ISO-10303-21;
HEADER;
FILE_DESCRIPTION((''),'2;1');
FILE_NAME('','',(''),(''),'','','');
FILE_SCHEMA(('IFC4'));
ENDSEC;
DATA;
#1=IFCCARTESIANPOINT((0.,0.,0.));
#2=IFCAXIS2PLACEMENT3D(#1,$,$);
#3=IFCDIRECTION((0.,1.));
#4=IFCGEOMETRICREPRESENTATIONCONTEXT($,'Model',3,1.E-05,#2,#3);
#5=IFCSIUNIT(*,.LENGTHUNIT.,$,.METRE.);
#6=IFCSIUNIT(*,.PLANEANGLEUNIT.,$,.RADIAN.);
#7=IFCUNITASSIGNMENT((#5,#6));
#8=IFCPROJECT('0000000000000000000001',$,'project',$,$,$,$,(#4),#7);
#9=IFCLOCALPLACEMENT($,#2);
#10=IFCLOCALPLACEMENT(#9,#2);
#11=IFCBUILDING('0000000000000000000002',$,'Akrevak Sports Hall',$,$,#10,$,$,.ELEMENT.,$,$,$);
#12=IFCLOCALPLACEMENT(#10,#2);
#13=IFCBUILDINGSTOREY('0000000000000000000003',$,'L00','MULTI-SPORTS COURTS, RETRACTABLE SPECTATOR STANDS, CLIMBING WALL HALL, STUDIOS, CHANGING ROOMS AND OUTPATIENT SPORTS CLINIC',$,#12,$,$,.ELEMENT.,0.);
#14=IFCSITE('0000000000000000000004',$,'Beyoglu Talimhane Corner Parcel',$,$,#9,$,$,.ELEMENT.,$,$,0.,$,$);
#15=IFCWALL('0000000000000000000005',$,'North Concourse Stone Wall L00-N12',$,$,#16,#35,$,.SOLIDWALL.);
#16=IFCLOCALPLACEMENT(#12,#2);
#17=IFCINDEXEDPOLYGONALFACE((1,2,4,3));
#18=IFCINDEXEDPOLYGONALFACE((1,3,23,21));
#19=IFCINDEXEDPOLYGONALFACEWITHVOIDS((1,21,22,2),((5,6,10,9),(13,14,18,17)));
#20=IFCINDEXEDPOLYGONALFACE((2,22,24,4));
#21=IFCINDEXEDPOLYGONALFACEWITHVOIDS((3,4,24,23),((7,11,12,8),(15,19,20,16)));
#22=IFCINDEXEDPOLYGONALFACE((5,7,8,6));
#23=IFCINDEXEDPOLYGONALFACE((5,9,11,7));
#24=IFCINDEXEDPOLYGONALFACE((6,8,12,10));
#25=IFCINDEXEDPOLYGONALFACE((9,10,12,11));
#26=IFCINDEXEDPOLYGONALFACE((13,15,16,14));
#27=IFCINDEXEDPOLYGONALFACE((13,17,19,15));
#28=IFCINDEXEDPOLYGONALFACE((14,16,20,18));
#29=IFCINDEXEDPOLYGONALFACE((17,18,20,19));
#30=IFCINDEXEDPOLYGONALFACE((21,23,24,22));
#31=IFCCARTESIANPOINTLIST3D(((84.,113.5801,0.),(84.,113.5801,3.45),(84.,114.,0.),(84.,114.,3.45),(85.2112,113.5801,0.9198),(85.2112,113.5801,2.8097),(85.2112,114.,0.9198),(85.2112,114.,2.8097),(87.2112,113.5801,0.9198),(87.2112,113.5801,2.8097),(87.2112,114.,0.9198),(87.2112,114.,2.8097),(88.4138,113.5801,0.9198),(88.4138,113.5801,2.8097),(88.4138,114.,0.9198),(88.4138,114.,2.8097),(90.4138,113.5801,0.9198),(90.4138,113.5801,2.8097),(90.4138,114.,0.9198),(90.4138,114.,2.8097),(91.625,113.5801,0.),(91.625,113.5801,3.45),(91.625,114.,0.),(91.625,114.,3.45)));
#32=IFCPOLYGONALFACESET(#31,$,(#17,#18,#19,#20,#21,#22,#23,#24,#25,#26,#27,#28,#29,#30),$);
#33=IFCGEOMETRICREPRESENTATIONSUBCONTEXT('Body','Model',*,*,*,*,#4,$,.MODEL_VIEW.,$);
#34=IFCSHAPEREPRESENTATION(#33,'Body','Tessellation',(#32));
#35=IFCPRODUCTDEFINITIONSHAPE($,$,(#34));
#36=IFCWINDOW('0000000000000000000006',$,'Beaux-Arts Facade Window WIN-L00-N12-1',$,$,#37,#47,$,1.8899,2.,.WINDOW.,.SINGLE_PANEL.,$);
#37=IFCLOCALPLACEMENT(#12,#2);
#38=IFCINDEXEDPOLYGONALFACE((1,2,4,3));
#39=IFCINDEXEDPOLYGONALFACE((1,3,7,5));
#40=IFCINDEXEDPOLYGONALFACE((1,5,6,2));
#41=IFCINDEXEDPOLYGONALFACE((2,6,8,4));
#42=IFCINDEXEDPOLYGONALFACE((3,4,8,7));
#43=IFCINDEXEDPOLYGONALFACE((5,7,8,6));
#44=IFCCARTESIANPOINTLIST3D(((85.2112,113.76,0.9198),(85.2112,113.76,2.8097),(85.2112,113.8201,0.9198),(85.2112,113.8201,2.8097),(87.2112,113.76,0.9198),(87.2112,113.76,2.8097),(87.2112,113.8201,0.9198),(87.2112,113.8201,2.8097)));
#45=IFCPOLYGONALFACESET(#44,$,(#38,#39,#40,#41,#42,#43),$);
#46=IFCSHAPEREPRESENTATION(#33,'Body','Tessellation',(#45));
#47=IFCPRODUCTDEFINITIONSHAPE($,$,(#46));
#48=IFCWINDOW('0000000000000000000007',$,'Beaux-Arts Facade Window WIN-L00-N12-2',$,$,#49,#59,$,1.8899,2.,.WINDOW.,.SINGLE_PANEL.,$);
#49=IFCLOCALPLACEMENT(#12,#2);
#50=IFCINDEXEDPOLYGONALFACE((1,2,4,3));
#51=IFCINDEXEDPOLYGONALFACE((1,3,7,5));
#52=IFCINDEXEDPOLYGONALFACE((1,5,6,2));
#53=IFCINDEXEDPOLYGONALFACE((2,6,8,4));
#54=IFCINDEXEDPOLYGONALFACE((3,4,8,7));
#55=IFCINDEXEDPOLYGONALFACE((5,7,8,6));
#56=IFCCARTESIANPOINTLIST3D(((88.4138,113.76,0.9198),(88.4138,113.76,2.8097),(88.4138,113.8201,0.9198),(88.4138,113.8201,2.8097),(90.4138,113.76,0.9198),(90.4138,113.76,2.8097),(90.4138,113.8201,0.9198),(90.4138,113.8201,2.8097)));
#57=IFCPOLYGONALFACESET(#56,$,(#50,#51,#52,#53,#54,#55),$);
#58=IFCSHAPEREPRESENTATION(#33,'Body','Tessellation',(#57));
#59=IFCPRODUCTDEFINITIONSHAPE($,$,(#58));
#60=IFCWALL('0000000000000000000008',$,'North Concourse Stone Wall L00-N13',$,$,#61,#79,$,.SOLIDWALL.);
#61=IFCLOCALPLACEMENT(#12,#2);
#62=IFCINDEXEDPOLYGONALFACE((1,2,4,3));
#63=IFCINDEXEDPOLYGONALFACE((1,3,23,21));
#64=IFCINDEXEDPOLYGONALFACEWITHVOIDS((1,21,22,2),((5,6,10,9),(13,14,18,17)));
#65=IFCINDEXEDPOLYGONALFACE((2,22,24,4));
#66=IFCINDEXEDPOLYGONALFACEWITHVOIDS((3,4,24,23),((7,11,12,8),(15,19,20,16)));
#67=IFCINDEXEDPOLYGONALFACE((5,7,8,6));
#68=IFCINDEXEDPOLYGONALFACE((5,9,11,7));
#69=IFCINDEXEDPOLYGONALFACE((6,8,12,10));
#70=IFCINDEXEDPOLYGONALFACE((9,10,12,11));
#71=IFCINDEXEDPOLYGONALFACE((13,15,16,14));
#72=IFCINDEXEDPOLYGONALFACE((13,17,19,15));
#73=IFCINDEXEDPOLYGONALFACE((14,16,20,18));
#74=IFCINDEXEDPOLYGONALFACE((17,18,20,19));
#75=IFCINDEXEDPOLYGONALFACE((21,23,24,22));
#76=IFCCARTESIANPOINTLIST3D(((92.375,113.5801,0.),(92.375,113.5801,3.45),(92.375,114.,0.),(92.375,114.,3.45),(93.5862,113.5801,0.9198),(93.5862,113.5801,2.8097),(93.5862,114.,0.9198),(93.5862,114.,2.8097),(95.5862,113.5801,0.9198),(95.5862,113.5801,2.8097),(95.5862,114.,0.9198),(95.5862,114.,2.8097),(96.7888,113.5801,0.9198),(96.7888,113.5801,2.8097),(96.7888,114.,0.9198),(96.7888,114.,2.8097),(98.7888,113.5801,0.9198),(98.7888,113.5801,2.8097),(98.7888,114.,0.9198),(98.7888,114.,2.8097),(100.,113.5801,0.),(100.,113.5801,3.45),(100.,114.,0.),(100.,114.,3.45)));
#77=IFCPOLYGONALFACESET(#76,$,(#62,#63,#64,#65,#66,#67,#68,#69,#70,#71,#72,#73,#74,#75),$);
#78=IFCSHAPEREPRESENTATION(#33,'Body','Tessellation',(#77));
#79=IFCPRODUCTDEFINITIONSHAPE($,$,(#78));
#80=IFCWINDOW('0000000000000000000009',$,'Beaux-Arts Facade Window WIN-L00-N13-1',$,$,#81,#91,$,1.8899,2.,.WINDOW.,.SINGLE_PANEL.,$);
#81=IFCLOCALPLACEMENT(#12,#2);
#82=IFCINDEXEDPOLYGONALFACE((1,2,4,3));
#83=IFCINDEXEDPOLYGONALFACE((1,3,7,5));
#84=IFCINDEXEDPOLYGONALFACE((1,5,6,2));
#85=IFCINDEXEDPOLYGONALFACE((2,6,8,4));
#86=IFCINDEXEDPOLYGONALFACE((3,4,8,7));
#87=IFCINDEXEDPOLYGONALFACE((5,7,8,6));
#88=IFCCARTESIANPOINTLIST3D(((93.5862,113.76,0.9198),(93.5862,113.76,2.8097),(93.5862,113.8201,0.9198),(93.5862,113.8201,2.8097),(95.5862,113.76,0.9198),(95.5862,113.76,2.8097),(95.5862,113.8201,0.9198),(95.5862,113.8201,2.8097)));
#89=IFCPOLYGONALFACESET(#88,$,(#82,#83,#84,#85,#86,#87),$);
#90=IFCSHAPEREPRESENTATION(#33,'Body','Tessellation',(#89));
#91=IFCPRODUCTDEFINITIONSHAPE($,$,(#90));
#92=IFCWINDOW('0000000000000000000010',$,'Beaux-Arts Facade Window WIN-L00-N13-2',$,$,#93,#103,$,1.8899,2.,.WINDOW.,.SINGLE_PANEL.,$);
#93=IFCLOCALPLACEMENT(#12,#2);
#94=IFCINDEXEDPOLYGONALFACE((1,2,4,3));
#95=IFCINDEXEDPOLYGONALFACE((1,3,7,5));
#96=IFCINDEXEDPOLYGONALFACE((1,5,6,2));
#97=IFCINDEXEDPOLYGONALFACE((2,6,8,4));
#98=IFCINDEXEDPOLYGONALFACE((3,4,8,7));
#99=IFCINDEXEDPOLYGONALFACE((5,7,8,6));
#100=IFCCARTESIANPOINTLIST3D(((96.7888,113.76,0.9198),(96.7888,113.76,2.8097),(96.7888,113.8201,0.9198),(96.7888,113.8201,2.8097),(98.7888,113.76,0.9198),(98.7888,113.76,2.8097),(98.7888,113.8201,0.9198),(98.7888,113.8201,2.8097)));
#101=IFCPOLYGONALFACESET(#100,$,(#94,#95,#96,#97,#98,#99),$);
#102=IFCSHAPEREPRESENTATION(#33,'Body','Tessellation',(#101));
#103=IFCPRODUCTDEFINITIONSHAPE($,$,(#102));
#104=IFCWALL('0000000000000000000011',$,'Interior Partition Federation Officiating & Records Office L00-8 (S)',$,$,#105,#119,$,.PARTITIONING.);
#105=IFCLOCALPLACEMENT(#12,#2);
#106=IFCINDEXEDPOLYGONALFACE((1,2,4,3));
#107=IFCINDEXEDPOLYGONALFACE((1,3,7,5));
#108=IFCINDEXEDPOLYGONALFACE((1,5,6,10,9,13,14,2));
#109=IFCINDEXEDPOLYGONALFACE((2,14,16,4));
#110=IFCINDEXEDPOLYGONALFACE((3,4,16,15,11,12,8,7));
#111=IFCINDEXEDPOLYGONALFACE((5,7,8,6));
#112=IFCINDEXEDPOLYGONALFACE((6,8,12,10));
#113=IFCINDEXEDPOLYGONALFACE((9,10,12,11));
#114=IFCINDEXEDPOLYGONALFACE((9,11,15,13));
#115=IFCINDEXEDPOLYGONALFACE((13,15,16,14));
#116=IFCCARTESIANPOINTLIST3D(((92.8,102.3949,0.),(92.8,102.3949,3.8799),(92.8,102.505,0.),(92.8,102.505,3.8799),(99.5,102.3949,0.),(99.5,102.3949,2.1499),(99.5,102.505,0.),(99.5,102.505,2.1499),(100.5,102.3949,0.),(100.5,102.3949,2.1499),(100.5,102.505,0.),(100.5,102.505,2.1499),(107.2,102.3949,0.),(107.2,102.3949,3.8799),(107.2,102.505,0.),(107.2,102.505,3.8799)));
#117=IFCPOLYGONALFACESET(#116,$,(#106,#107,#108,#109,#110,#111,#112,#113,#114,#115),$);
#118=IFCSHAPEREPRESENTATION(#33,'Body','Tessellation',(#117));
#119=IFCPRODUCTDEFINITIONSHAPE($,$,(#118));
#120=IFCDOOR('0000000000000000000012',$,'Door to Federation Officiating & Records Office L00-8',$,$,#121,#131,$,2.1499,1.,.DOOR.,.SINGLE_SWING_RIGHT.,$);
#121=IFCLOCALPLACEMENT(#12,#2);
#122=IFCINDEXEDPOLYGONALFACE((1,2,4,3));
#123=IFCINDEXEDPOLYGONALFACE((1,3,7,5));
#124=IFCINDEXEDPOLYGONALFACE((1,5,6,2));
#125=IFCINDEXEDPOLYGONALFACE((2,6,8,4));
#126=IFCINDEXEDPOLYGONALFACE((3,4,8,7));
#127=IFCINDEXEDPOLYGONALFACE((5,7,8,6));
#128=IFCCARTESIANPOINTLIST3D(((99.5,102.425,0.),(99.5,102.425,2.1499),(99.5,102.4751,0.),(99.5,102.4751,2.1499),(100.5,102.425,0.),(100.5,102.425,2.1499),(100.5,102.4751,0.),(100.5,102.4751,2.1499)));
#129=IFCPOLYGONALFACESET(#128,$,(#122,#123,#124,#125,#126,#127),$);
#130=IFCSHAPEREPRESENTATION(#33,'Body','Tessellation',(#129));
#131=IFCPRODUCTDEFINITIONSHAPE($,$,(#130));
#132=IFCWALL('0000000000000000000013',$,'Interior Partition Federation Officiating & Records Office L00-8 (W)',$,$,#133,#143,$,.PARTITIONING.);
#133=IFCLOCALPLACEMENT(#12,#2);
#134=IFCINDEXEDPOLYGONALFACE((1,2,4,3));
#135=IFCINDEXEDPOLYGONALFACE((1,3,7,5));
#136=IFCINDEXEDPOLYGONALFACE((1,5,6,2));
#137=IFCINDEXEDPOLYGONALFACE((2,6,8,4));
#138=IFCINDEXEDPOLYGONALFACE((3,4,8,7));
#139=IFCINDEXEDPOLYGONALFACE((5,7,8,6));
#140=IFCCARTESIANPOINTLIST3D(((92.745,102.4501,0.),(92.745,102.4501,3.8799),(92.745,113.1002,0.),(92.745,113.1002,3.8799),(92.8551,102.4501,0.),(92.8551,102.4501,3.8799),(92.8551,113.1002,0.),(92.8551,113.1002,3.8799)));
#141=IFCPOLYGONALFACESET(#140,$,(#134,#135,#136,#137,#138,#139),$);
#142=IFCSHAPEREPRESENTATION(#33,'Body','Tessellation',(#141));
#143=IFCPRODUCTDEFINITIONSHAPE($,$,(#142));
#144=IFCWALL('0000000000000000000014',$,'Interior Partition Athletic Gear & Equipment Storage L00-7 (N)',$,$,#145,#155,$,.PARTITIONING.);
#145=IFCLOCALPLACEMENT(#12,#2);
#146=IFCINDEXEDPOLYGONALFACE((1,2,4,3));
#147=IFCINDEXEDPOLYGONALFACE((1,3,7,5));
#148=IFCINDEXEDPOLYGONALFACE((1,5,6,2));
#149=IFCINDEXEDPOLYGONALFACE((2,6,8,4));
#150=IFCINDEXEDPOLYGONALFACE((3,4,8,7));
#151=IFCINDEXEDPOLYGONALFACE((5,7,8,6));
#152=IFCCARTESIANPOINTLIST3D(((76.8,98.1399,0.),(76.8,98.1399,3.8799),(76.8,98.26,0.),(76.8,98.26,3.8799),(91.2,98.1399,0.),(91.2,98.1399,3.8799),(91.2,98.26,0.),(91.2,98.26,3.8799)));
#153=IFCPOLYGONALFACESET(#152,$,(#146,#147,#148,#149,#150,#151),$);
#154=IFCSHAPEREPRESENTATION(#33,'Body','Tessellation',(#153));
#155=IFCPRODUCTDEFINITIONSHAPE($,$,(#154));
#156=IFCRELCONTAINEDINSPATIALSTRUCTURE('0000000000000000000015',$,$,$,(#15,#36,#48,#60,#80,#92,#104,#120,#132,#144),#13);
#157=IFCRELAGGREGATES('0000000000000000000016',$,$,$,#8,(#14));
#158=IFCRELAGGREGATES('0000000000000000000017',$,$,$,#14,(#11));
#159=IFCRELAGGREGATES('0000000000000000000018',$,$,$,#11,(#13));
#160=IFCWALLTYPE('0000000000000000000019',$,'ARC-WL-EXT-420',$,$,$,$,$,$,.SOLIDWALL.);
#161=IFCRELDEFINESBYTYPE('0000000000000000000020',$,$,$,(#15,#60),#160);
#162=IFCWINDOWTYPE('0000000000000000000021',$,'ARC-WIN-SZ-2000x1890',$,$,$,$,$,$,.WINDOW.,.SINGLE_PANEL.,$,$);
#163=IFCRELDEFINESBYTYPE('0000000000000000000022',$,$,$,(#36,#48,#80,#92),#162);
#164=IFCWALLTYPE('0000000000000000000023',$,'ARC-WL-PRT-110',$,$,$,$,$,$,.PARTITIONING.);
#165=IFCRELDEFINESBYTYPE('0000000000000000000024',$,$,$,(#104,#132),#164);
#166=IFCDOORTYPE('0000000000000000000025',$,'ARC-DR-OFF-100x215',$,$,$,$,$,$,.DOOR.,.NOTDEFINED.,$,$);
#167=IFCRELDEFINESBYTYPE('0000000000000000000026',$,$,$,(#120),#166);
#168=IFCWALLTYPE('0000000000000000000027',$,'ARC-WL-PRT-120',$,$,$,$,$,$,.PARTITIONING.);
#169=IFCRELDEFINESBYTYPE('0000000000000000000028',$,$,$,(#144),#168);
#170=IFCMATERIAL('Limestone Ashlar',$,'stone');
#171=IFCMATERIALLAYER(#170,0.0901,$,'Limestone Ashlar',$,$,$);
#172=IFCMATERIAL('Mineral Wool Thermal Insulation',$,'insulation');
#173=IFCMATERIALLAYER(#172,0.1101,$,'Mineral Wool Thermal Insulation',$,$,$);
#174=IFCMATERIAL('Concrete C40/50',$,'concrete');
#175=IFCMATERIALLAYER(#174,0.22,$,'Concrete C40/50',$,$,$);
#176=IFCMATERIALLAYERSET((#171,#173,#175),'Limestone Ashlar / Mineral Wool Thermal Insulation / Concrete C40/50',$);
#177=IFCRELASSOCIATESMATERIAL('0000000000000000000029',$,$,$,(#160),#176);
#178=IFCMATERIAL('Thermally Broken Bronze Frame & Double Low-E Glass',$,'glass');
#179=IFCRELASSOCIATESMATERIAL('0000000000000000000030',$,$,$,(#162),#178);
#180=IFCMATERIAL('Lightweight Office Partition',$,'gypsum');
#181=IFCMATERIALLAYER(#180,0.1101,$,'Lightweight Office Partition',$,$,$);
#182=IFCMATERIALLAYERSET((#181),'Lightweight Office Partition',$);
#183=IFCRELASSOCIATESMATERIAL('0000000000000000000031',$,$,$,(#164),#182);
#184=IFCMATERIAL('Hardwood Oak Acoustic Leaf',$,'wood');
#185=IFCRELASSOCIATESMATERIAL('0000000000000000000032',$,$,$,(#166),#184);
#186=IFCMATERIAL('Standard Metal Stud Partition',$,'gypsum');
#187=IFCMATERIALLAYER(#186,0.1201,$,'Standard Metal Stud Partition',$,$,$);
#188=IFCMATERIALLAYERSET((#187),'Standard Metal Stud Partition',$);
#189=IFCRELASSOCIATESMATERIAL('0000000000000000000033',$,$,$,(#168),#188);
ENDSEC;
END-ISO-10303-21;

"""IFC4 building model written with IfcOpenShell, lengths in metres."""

from ifc_helpers import new_model, si_unit, direction, frame, frame_2d, origin, place, context, subcontext, project, spatial, rectangle, extrude, material, layer, layer_set, type_object, element, fill, save


model = new_model("IFC4")

# Units and contexts
model_context = context("Model", 3, precision=1e-05, world=origin(), true_north=direction((0.0, 1.0)))
body_context = subcontext(model_context, "Body", "Model", "MODEL_VIEW")
ifc_project = project(units=[si_unit("LENGTHUNIT", "METRE"), si_unit("PLANEANGLEUNIT", "RADIAN")], contexts=[model_context])

# Site, building, storey
site_placement = place(None, origin())
site = spatial("IfcSite", under=ifc_project, at=site_placement, Name="Beyoglu Talimhane Corner Parcel", CompositionType="ELEMENT", RefElevation=0.0)
building_placement = place(site_placement, origin())
building = spatial("IfcBuilding", under=site, at=building_placement, Name="Akrevak Sports Hall", CompositionType="ELEMENT")
storey_placement = place(building_placement, origin())
storey = spatial("IfcBuildingStorey", under=building, at=storey_placement, Name="L00", Description="MULTI-SPORTS COURTS, RETRACTABLE SPECTATOR STANDS, CLIMBING WALL HALL, STUDIOS, CHANGING ROOMS AND OUTPATIENT SPORTS CLINIC", CompositionType="ELEMENT", Elevation=0.0)

# Shared definitions
ifc_material_1 = material(Name="Concrete C40/50", Category="concrete")

# Shared definitions
ifc_material_2 = material(Name="Limestone Ashlar", Category="stone")
ifc_layer_1 = layer(ifc_material_2, 0.0901, Name="Limestone Ashlar")
ifc_material_3 = material(Name="Mineral Wool Thermal Insulation", Category="insulation")
ifc_layer_2 = layer(ifc_material_3, 0.1101, Name="Mineral Wool Thermal Insulation")
ifc_layer_3 = layer(ifc_material_1, 0.22, Name="Concrete C40/50")
ifc_layer_set_1 = layer_set([ifc_layer_1, ifc_layer_2, ifc_layer_3], Name="Limestone Ashlar / Mineral Wool Thermal Insulation / Concrete C40/50")
wall_type_1 = type_object("IfcWallType", Name="ARC-WL-EXT-420", PredefinedType="SOLIDWALL", material=ifc_layer_set_1)

# Walls, openings, windows
ifc_material_4 = material(Name="Thermally Broken Bronze Frame & Double Low-E Glass", Category="glass")
window_type = type_object("IfcWindowType", Name="ARC-WIN-SZ-2000x1890", PartitioningType="SINGLE_PANEL", PredefinedType="WINDOW", material=ifc_material_4)
wall_1_placement = place(storey_placement, frame((91.625, 113.79, 0.0), z_axis=(0.0, 0.0, 1.0), x_axis=(-1.0, 0.0, 0.0)))
wall_1 = element("IfcWall", 1, at=wall_1_placement, inside=storey, type_object=wall_type_1, Name="North Concourse Stone Wall L00-N12", PredefinedType="SOLIDWALL", context=body_context, shape_type="SweptSolid", body=[
    extrude(rectangle(XDim=7.625, YDim=0.4199, at=frame_2d((3.8125, 0.0))), origin(), (0.0, 0.0, 1.0), 3.45),
])
opening_1_placement = place(wall_1_placement, frame((4.4138, 0.0, 0.9199)))
opening_1 = element("IfcOpeningElement", 2, at=opening_1_placement, cuts=wall_1, PredefinedType="OPENING", context=body_context, shape_type="SweptSolid", body=[
    extrude(rectangle(XDim=2.0, YDim=1.8899, at=frame_2d((1.0, 0.9448))), frame((0.0, 0.2219, 0.0), z_axis=(0.0, -1.0, 0.0), x_axis=(1.0, 0.0, 0.0)), (0.0, 0.0, 1.0), 0.4438),
])
opening_2_placement = place(wall_1_placement, frame((1.2112, 0.0, 0.9199)))
opening_2 = element("IfcOpeningElement", 3, at=opening_2_placement, cuts=wall_1, PredefinedType="OPENING", context=body_context, shape_type="SweptSolid", body=[
    extrude(rectangle(XDim=2.0, YDim=1.8899, at=frame_2d((1.0, 0.9448))), frame((0.0, 0.2219, 0.0), z_axis=(0.0, -1.0, 0.0), x_axis=(1.0, 0.0, 0.0)), (0.0, 0.0, 1.0), 0.4438),
])
window_1_placement = place(opening_1_placement, origin())
window_1 = element("IfcWindow", 4, at=window_1_placement, inside=storey, type_object=window_type, Name="Beaux-Arts Facade Window WIN-L00-N12-1", OverallHeight=1.8899, OverallWidth=2.0, PartitioningType="SINGLE_PANEL", PredefinedType="WINDOW", context=body_context, shape_type="SweptSolid", body=[
    extrude(rectangle(XDim=2.0, YDim=1.8899, at=frame_2d((1.0, 0.9448))), frame((0.0, 0.03, 0.0), z_axis=(0.0, -1.0, 0.0), x_axis=(1.0, 0.0, 0.0)), (0.0, 0.0, 1.0), 0.0601),
])
fill(opening_1, window_1)
window_2_placement = place(opening_2_placement, origin())
window_2 = element("IfcWindow", 5, at=window_2_placement, inside=storey, type_object=window_type, Name="Beaux-Arts Facade Window WIN-L00-N12-2", OverallHeight=1.8899, OverallWidth=2.0, PartitioningType="SINGLE_PANEL", PredefinedType="WINDOW", context=body_context, shape_type="SweptSolid", body=[
    extrude(rectangle(XDim=2.0, YDim=1.8899, at=frame_2d((1.0, 0.9448))), frame((0.0, 0.03, 0.0), z_axis=(0.0, -1.0, 0.0), x_axis=(1.0, 0.0, 0.0)), (0.0, 0.0, 1.0), 0.0601),
])
fill(opening_2, window_2)
wall_2_placement = place(storey_placement, frame((100.0, 113.79, 0.0), z_axis=(0.0, 0.0, 1.0), x_axis=(-1.0, 0.0, 0.0)))
wall_2 = element("IfcWall", 6, at=wall_2_placement, inside=storey, type_object=wall_type_1, Name="North Concourse Stone Wall L00-N13", PredefinedType="SOLIDWALL", context=body_context, shape_type="SweptSolid", body=[
    extrude(rectangle(XDim=7.625, YDim=0.4199, at=frame_2d((3.8125, 0.0))), origin(), (0.0, 0.0, 1.0), 3.45),
])
opening_3_placement = place(wall_2_placement, frame((4.4138, 0.0, 0.9199)))
opening_3 = element("IfcOpeningElement", 7, at=opening_3_placement, cuts=wall_2, PredefinedType="OPENING", context=body_context, shape_type="SweptSolid", body=[
    extrude(rectangle(XDim=2.0, YDim=1.8899, at=frame_2d((1.0, 0.9448))), frame((0.0, 0.2219, 0.0), z_axis=(0.0, -1.0, 0.0), x_axis=(1.0, 0.0, 0.0)), (0.0, 0.0, 1.0), 0.4438),
])
opening_4_placement = place(wall_2_placement, frame((1.2112, 0.0, 0.9199)))
opening_4 = element("IfcOpeningElement", 8, at=opening_4_placement, cuts=wall_2, PredefinedType="OPENING", context=body_context, shape_type="SweptSolid", body=[
    extrude(rectangle(XDim=2.0, YDim=1.8899, at=frame_2d((1.0, 0.9448))), frame((0.0, 0.2219, 0.0), z_axis=(0.0, -1.0, 0.0), x_axis=(1.0, 0.0, 0.0)), (0.0, 0.0, 1.0), 0.4438),
])
window_3_placement = place(opening_3_placement, origin())
window_3 = element("IfcWindow", 9, at=window_3_placement, inside=storey, type_object=window_type, Name="Beaux-Arts Facade Window WIN-L00-N13-1", OverallHeight=1.8899, OverallWidth=2.0, PartitioningType="SINGLE_PANEL", PredefinedType="WINDOW", context=body_context, shape_type="SweptSolid", body=[
    extrude(rectangle(XDim=2.0, YDim=1.8899, at=frame_2d((1.0, 0.9448))), frame((0.0, 0.03, 0.0), z_axis=(0.0, -1.0, 0.0), x_axis=(1.0, 0.0, 0.0)), (0.0, 0.0, 1.0), 0.0601),
])
fill(opening_3, window_3)
window_4_placement = place(opening_4_placement, origin())
window_4 = element("IfcWindow", 10, at=window_4_placement, inside=storey, type_object=window_type, Name="Beaux-Arts Facade Window WIN-L00-N13-2", OverallHeight=1.8899, OverallWidth=2.0, PartitioningType="SINGLE_PANEL", PredefinedType="WINDOW", context=body_context, shape_type="SweptSolid", body=[
    extrude(rectangle(XDim=2.0, YDim=1.8899, at=frame_2d((1.0, 0.9448))), frame((0.0, 0.03, 0.0), z_axis=(0.0, -1.0, 0.0), x_axis=(1.0, 0.0, 0.0)), (0.0, 0.0, 1.0), 0.0601),
])
fill(opening_4, window_4)

# Wall, opening, door
ifc_material_5 = material(Name="Lightweight Office Partition", Category="gypsum")
ifc_layer_4 = layer(ifc_material_5, 0.1101, Name="Lightweight Office Partition")
ifc_layer_set_2 = layer_set([ifc_layer_4], Name="Lightweight Office Partition")
wall_type_2 = type_object("IfcWallType", Name="ARC-WL-PRT-110", PredefinedType="PARTITIONING", material=ifc_layer_set_2)
wall_3_placement = place(storey_placement, frame((92.8, 102.45, 0.0), z_axis=(0.0, 0.0, 1.0), x_axis=(1.0, 0.0, 0.0)))
wall_3 = element("IfcWall", 11, at=wall_3_placement, inside=storey, type_object=wall_type_2, Name="Interior Partition Federation Officiating & Records Office L00-8 (S)", PredefinedType="PARTITIONING", context=body_context, shape_type="SweptSolid", body=[
    extrude(rectangle(XDim=14.3999, YDim=0.1101, at=frame_2d((7.2, 0.0))), origin(), (0.0, 0.0, 1.0), 3.8799),
])
opening_5_placement = place(wall_3_placement, frame((6.7, 0.0, 0.0)))
opening_5 = element("IfcOpeningElement", 12, at=opening_5_placement, cuts=wall_3, PredefinedType="OPENING", context=body_context, shape_type="SweptSolid", body=[
    extrude(rectangle(XDim=1.0, YDim=2.1499, at=frame_2d((0.5, 1.075))), frame((0.0, 0.0669, 0.0), z_axis=(0.0, -1.0, 0.0), x_axis=(1.0, 0.0, 0.0)), (0.0, 0.0, 1.0), 0.134),
])
ifc_material_6 = material(Name="Hardwood Oak Acoustic Leaf", Category="wood")
door_type_1 = type_object("IfcDoorType", Name="ARC-DR-OFF-100x215", OperationType="NOTDEFINED", PredefinedType="DOOR", material=ifc_material_6)
door_1_placement = place(opening_5_placement, frame((1.0, 0.0, 0.0), z_axis=(0.0, 0.0, 1.0), x_axis=(-1.0, 0.0, 0.0)))
door_1 = element("IfcDoor", 13, at=door_1_placement, inside=storey, type_object=door_type_1, Name="Door to Federation Officiating & Records Office L00-8", OperationType="SINGLE_SWING_RIGHT", OverallHeight=2.1499, OverallWidth=1.0, PredefinedType="DOOR", context=body_context, shape_type="SweptSolid", body=[
    extrude(rectangle(XDim=1.0, YDim=2.1499, at=frame_2d((0.5, 1.075))), frame((0.0, 0.0249, 0.0), z_axis=(0.0, -1.0, 0.0), x_axis=(1.0, 0.0, 0.0)), (0.0, 0.0, 1.0), 0.05),
])
fill(opening_5, door_1)

# Walls
wall_4_placement = place(storey_placement, frame((92.8, 102.45, 0.0), z_axis=(0.0, 0.0, 1.0), x_axis=(0.0, 1.0, 0.0)))
element("IfcWall", 14, at=wall_4_placement, inside=storey, type_object=wall_type_2, Name="Interior Partition Federation Officiating & Records Office L00-8 (W)", PredefinedType="PARTITIONING", context=body_context, shape_type="SweptSolid", body=[
    extrude(rectangle(XDim=10.6501, YDim=0.1101, at=frame_2d((5.3252, 0.0))), origin(), (0.0, 0.0, 1.0), 3.8799),
])
ifc_material_7 = material(Name="Standard Metal Stud Partition", Category="gypsum")
ifc_layer_5 = layer(ifc_material_7, 0.1201, Name="Standard Metal Stud Partition")
ifc_layer_set_3 = layer_set([ifc_layer_5], Name="Standard Metal Stud Partition")
wall_type_3 = type_object("IfcWallType", Name="ARC-WL-PRT-120", PredefinedType="PARTITIONING", material=ifc_layer_set_3)
wall_5_placement = place(storey_placement, frame((76.8, 98.2, 0.0), z_axis=(0.0, 0.0, 1.0), x_axis=(1.0, 0.0, 0.0)))
element("IfcWall", 15, at=wall_5_placement, inside=storey, type_object=wall_type_3, Name="Interior Partition Athletic Gear & Equipment Storage L00-7 (N)", PredefinedType="PARTITIONING", context=body_context, shape_type="SweptSolid", body=[
    extrude(rectangle(XDim=14.3999, YDim=0.1201, at=frame_2d((7.2, 0.0))), origin(), (0.0, 0.0, 1.0), 3.8799),
])

save(model, "model.ifc")
